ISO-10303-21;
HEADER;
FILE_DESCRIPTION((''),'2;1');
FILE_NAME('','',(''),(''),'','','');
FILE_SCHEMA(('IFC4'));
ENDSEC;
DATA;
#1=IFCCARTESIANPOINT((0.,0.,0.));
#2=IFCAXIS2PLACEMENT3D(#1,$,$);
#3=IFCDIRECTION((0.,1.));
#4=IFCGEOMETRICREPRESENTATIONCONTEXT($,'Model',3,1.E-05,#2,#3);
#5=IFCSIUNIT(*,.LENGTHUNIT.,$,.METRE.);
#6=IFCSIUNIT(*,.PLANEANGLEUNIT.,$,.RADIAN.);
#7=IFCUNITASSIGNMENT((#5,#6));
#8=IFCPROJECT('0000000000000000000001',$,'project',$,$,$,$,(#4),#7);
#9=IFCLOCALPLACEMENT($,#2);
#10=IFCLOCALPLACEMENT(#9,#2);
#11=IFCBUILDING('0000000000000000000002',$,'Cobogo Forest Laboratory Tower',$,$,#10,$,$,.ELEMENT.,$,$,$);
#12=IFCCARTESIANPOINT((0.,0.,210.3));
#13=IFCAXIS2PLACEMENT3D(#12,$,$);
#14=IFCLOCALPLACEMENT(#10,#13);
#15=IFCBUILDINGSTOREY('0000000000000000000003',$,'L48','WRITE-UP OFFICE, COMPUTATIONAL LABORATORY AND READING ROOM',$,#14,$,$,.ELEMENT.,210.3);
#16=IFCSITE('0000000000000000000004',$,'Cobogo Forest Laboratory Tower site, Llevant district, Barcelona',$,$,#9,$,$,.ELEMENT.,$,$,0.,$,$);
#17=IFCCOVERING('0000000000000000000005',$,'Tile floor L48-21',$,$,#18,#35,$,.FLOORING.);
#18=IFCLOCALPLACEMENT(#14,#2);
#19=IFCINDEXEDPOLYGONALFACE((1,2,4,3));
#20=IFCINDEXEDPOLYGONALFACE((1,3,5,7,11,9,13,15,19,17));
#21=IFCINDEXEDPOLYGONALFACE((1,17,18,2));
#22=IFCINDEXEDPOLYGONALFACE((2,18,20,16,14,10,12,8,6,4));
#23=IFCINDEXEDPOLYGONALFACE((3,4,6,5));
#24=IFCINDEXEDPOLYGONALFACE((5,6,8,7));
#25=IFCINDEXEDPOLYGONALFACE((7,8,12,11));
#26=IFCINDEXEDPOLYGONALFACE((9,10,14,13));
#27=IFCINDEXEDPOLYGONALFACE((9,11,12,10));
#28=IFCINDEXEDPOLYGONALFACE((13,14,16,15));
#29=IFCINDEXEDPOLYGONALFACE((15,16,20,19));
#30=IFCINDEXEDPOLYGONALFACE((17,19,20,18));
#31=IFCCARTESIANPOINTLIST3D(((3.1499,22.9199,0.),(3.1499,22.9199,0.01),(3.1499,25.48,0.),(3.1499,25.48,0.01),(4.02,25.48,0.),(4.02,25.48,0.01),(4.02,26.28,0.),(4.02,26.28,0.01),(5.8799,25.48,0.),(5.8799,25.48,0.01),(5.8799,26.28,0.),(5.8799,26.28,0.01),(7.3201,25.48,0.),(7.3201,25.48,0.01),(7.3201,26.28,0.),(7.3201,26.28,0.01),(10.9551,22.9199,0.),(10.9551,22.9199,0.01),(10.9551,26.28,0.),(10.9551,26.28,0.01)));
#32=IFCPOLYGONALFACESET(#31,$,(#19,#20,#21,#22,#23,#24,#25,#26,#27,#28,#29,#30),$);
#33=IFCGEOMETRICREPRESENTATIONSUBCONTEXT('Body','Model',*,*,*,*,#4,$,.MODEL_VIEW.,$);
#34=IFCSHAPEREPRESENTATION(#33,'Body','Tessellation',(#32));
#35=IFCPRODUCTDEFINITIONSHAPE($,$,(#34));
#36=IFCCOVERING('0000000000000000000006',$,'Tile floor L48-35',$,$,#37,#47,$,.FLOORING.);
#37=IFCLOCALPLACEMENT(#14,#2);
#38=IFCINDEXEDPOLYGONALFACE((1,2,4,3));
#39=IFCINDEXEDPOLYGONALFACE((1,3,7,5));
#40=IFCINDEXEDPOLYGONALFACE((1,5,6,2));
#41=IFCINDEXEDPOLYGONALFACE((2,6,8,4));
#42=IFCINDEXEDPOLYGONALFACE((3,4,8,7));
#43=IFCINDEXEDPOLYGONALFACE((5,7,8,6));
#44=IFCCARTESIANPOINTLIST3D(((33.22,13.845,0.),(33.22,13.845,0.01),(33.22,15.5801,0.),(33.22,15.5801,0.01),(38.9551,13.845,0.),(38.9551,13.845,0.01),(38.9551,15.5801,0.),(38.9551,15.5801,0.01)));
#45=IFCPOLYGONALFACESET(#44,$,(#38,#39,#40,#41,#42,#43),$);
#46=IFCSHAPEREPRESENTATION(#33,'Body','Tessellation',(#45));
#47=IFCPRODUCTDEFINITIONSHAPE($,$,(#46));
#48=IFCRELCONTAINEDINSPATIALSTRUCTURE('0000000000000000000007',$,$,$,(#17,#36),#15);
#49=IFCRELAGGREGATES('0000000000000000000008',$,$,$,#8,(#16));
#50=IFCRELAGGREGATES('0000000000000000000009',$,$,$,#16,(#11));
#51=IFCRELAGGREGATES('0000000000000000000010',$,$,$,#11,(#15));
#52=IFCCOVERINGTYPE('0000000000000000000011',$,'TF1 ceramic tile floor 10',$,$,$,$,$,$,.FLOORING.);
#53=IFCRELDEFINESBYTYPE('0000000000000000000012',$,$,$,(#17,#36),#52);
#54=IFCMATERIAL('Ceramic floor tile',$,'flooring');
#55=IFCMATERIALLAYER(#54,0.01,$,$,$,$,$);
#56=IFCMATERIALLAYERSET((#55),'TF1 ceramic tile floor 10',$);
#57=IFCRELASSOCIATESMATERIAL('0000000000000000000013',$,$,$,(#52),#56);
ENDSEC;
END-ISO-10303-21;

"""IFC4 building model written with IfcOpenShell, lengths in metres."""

from ifc_helpers import new_model, si_unit, direction, frame, origin, place, context, subcontext, project, spatial, polyline, outline, extrude, material, layer, layer_set, type_object, element, save


model = new_model("IFC4")

# Units and contexts
model_context = context("Model", 3, precision=1e-05, world=origin(), true_north=direction((0.0, 1.0)))
body_context = subcontext(model_context, "Body", "Model", "MODEL_VIEW")
ifc_project = project(units=[si_unit("LENGTHUNIT", "METRE"), si_unit("PLANEANGLEUNIT", "RADIAN")], contexts=[model_context])

# Site, building, storey
site_placement = place(None, origin())
site = spatial("IfcSite", under=ifc_project, at=site_placement, Name="Cobogo Forest Laboratory Tower site, Llevant district, Barcelona", CompositionType="ELEMENT", RefElevation=0.0)
building_placement = place(site_placement, origin())
building = spatial("IfcBuilding", under=site, at=building_placement, Name="Cobogo Forest Laboratory Tower", CompositionType="ELEMENT")
storey_placement = place(building_placement, frame((0.0, 0.0, 210.3)))
storey = spatial("IfcBuildingStorey", under=building, at=storey_placement, Name="L48", Description="WRITE-UP OFFICE, COMPUTATIONAL LABORATORY AND READING ROOM", CompositionType="ELEMENT", Elevation=210.3)

# Coverings
ifc_material_1 = material(Name="Ceramic floor tile", Category="flooring")
ifc_layer_1 = layer(ifc_material_1, 0.01)
ifc_layer_set_1 = layer_set([ifc_layer_1], Name="TF1 ceramic tile floor 10")
covering_type_1 = type_object("IfcCoveringType", Name="TF1 ceramic tile floor 10", PredefinedType="FLOORING", material=ifc_layer_set_1)
covering_1_placement = place(storey_placement, origin())
element("IfcCovering", 1, at=covering_1_placement, inside=storey, type_object=covering_type_1, Name="Tile floor L48-21", PredefinedType="FLOORING", context=body_context, shape_type="SweptSolid", body=[
    extrude(outline(polyline([(10.9551, 22.9199), (3.1499, 22.9199), (3.1499, 25.48), (4.02, 25.48), (4.02, 26.28), (5.8799, 26.28), (5.8799, 25.48), (7.3201, 25.48), (7.3201, 26.28), (10.9551, 26.28), (10.9551, 22.9199)])), origin(), (0.0, 0.0, 1.0), 0.01),
])
covering_2_placement = place(storey_placement, origin())
element("IfcCovering", 2, at=covering_2_placement, inside=storey, type_object=covering_type_1, Name="Tile floor L48-35", PredefinedType="FLOORING", context=body_context, shape_type="SweptSolid", body=[
    extrude(outline(polyline([(38.9551, 13.845), (33.22, 13.845), (33.22, 15.5801), (38.9551, 15.5801), (38.9551, 13.845)])), origin(), (0.0, 0.0, 1.0), 0.01),
])

save(model, "model.ifc")
